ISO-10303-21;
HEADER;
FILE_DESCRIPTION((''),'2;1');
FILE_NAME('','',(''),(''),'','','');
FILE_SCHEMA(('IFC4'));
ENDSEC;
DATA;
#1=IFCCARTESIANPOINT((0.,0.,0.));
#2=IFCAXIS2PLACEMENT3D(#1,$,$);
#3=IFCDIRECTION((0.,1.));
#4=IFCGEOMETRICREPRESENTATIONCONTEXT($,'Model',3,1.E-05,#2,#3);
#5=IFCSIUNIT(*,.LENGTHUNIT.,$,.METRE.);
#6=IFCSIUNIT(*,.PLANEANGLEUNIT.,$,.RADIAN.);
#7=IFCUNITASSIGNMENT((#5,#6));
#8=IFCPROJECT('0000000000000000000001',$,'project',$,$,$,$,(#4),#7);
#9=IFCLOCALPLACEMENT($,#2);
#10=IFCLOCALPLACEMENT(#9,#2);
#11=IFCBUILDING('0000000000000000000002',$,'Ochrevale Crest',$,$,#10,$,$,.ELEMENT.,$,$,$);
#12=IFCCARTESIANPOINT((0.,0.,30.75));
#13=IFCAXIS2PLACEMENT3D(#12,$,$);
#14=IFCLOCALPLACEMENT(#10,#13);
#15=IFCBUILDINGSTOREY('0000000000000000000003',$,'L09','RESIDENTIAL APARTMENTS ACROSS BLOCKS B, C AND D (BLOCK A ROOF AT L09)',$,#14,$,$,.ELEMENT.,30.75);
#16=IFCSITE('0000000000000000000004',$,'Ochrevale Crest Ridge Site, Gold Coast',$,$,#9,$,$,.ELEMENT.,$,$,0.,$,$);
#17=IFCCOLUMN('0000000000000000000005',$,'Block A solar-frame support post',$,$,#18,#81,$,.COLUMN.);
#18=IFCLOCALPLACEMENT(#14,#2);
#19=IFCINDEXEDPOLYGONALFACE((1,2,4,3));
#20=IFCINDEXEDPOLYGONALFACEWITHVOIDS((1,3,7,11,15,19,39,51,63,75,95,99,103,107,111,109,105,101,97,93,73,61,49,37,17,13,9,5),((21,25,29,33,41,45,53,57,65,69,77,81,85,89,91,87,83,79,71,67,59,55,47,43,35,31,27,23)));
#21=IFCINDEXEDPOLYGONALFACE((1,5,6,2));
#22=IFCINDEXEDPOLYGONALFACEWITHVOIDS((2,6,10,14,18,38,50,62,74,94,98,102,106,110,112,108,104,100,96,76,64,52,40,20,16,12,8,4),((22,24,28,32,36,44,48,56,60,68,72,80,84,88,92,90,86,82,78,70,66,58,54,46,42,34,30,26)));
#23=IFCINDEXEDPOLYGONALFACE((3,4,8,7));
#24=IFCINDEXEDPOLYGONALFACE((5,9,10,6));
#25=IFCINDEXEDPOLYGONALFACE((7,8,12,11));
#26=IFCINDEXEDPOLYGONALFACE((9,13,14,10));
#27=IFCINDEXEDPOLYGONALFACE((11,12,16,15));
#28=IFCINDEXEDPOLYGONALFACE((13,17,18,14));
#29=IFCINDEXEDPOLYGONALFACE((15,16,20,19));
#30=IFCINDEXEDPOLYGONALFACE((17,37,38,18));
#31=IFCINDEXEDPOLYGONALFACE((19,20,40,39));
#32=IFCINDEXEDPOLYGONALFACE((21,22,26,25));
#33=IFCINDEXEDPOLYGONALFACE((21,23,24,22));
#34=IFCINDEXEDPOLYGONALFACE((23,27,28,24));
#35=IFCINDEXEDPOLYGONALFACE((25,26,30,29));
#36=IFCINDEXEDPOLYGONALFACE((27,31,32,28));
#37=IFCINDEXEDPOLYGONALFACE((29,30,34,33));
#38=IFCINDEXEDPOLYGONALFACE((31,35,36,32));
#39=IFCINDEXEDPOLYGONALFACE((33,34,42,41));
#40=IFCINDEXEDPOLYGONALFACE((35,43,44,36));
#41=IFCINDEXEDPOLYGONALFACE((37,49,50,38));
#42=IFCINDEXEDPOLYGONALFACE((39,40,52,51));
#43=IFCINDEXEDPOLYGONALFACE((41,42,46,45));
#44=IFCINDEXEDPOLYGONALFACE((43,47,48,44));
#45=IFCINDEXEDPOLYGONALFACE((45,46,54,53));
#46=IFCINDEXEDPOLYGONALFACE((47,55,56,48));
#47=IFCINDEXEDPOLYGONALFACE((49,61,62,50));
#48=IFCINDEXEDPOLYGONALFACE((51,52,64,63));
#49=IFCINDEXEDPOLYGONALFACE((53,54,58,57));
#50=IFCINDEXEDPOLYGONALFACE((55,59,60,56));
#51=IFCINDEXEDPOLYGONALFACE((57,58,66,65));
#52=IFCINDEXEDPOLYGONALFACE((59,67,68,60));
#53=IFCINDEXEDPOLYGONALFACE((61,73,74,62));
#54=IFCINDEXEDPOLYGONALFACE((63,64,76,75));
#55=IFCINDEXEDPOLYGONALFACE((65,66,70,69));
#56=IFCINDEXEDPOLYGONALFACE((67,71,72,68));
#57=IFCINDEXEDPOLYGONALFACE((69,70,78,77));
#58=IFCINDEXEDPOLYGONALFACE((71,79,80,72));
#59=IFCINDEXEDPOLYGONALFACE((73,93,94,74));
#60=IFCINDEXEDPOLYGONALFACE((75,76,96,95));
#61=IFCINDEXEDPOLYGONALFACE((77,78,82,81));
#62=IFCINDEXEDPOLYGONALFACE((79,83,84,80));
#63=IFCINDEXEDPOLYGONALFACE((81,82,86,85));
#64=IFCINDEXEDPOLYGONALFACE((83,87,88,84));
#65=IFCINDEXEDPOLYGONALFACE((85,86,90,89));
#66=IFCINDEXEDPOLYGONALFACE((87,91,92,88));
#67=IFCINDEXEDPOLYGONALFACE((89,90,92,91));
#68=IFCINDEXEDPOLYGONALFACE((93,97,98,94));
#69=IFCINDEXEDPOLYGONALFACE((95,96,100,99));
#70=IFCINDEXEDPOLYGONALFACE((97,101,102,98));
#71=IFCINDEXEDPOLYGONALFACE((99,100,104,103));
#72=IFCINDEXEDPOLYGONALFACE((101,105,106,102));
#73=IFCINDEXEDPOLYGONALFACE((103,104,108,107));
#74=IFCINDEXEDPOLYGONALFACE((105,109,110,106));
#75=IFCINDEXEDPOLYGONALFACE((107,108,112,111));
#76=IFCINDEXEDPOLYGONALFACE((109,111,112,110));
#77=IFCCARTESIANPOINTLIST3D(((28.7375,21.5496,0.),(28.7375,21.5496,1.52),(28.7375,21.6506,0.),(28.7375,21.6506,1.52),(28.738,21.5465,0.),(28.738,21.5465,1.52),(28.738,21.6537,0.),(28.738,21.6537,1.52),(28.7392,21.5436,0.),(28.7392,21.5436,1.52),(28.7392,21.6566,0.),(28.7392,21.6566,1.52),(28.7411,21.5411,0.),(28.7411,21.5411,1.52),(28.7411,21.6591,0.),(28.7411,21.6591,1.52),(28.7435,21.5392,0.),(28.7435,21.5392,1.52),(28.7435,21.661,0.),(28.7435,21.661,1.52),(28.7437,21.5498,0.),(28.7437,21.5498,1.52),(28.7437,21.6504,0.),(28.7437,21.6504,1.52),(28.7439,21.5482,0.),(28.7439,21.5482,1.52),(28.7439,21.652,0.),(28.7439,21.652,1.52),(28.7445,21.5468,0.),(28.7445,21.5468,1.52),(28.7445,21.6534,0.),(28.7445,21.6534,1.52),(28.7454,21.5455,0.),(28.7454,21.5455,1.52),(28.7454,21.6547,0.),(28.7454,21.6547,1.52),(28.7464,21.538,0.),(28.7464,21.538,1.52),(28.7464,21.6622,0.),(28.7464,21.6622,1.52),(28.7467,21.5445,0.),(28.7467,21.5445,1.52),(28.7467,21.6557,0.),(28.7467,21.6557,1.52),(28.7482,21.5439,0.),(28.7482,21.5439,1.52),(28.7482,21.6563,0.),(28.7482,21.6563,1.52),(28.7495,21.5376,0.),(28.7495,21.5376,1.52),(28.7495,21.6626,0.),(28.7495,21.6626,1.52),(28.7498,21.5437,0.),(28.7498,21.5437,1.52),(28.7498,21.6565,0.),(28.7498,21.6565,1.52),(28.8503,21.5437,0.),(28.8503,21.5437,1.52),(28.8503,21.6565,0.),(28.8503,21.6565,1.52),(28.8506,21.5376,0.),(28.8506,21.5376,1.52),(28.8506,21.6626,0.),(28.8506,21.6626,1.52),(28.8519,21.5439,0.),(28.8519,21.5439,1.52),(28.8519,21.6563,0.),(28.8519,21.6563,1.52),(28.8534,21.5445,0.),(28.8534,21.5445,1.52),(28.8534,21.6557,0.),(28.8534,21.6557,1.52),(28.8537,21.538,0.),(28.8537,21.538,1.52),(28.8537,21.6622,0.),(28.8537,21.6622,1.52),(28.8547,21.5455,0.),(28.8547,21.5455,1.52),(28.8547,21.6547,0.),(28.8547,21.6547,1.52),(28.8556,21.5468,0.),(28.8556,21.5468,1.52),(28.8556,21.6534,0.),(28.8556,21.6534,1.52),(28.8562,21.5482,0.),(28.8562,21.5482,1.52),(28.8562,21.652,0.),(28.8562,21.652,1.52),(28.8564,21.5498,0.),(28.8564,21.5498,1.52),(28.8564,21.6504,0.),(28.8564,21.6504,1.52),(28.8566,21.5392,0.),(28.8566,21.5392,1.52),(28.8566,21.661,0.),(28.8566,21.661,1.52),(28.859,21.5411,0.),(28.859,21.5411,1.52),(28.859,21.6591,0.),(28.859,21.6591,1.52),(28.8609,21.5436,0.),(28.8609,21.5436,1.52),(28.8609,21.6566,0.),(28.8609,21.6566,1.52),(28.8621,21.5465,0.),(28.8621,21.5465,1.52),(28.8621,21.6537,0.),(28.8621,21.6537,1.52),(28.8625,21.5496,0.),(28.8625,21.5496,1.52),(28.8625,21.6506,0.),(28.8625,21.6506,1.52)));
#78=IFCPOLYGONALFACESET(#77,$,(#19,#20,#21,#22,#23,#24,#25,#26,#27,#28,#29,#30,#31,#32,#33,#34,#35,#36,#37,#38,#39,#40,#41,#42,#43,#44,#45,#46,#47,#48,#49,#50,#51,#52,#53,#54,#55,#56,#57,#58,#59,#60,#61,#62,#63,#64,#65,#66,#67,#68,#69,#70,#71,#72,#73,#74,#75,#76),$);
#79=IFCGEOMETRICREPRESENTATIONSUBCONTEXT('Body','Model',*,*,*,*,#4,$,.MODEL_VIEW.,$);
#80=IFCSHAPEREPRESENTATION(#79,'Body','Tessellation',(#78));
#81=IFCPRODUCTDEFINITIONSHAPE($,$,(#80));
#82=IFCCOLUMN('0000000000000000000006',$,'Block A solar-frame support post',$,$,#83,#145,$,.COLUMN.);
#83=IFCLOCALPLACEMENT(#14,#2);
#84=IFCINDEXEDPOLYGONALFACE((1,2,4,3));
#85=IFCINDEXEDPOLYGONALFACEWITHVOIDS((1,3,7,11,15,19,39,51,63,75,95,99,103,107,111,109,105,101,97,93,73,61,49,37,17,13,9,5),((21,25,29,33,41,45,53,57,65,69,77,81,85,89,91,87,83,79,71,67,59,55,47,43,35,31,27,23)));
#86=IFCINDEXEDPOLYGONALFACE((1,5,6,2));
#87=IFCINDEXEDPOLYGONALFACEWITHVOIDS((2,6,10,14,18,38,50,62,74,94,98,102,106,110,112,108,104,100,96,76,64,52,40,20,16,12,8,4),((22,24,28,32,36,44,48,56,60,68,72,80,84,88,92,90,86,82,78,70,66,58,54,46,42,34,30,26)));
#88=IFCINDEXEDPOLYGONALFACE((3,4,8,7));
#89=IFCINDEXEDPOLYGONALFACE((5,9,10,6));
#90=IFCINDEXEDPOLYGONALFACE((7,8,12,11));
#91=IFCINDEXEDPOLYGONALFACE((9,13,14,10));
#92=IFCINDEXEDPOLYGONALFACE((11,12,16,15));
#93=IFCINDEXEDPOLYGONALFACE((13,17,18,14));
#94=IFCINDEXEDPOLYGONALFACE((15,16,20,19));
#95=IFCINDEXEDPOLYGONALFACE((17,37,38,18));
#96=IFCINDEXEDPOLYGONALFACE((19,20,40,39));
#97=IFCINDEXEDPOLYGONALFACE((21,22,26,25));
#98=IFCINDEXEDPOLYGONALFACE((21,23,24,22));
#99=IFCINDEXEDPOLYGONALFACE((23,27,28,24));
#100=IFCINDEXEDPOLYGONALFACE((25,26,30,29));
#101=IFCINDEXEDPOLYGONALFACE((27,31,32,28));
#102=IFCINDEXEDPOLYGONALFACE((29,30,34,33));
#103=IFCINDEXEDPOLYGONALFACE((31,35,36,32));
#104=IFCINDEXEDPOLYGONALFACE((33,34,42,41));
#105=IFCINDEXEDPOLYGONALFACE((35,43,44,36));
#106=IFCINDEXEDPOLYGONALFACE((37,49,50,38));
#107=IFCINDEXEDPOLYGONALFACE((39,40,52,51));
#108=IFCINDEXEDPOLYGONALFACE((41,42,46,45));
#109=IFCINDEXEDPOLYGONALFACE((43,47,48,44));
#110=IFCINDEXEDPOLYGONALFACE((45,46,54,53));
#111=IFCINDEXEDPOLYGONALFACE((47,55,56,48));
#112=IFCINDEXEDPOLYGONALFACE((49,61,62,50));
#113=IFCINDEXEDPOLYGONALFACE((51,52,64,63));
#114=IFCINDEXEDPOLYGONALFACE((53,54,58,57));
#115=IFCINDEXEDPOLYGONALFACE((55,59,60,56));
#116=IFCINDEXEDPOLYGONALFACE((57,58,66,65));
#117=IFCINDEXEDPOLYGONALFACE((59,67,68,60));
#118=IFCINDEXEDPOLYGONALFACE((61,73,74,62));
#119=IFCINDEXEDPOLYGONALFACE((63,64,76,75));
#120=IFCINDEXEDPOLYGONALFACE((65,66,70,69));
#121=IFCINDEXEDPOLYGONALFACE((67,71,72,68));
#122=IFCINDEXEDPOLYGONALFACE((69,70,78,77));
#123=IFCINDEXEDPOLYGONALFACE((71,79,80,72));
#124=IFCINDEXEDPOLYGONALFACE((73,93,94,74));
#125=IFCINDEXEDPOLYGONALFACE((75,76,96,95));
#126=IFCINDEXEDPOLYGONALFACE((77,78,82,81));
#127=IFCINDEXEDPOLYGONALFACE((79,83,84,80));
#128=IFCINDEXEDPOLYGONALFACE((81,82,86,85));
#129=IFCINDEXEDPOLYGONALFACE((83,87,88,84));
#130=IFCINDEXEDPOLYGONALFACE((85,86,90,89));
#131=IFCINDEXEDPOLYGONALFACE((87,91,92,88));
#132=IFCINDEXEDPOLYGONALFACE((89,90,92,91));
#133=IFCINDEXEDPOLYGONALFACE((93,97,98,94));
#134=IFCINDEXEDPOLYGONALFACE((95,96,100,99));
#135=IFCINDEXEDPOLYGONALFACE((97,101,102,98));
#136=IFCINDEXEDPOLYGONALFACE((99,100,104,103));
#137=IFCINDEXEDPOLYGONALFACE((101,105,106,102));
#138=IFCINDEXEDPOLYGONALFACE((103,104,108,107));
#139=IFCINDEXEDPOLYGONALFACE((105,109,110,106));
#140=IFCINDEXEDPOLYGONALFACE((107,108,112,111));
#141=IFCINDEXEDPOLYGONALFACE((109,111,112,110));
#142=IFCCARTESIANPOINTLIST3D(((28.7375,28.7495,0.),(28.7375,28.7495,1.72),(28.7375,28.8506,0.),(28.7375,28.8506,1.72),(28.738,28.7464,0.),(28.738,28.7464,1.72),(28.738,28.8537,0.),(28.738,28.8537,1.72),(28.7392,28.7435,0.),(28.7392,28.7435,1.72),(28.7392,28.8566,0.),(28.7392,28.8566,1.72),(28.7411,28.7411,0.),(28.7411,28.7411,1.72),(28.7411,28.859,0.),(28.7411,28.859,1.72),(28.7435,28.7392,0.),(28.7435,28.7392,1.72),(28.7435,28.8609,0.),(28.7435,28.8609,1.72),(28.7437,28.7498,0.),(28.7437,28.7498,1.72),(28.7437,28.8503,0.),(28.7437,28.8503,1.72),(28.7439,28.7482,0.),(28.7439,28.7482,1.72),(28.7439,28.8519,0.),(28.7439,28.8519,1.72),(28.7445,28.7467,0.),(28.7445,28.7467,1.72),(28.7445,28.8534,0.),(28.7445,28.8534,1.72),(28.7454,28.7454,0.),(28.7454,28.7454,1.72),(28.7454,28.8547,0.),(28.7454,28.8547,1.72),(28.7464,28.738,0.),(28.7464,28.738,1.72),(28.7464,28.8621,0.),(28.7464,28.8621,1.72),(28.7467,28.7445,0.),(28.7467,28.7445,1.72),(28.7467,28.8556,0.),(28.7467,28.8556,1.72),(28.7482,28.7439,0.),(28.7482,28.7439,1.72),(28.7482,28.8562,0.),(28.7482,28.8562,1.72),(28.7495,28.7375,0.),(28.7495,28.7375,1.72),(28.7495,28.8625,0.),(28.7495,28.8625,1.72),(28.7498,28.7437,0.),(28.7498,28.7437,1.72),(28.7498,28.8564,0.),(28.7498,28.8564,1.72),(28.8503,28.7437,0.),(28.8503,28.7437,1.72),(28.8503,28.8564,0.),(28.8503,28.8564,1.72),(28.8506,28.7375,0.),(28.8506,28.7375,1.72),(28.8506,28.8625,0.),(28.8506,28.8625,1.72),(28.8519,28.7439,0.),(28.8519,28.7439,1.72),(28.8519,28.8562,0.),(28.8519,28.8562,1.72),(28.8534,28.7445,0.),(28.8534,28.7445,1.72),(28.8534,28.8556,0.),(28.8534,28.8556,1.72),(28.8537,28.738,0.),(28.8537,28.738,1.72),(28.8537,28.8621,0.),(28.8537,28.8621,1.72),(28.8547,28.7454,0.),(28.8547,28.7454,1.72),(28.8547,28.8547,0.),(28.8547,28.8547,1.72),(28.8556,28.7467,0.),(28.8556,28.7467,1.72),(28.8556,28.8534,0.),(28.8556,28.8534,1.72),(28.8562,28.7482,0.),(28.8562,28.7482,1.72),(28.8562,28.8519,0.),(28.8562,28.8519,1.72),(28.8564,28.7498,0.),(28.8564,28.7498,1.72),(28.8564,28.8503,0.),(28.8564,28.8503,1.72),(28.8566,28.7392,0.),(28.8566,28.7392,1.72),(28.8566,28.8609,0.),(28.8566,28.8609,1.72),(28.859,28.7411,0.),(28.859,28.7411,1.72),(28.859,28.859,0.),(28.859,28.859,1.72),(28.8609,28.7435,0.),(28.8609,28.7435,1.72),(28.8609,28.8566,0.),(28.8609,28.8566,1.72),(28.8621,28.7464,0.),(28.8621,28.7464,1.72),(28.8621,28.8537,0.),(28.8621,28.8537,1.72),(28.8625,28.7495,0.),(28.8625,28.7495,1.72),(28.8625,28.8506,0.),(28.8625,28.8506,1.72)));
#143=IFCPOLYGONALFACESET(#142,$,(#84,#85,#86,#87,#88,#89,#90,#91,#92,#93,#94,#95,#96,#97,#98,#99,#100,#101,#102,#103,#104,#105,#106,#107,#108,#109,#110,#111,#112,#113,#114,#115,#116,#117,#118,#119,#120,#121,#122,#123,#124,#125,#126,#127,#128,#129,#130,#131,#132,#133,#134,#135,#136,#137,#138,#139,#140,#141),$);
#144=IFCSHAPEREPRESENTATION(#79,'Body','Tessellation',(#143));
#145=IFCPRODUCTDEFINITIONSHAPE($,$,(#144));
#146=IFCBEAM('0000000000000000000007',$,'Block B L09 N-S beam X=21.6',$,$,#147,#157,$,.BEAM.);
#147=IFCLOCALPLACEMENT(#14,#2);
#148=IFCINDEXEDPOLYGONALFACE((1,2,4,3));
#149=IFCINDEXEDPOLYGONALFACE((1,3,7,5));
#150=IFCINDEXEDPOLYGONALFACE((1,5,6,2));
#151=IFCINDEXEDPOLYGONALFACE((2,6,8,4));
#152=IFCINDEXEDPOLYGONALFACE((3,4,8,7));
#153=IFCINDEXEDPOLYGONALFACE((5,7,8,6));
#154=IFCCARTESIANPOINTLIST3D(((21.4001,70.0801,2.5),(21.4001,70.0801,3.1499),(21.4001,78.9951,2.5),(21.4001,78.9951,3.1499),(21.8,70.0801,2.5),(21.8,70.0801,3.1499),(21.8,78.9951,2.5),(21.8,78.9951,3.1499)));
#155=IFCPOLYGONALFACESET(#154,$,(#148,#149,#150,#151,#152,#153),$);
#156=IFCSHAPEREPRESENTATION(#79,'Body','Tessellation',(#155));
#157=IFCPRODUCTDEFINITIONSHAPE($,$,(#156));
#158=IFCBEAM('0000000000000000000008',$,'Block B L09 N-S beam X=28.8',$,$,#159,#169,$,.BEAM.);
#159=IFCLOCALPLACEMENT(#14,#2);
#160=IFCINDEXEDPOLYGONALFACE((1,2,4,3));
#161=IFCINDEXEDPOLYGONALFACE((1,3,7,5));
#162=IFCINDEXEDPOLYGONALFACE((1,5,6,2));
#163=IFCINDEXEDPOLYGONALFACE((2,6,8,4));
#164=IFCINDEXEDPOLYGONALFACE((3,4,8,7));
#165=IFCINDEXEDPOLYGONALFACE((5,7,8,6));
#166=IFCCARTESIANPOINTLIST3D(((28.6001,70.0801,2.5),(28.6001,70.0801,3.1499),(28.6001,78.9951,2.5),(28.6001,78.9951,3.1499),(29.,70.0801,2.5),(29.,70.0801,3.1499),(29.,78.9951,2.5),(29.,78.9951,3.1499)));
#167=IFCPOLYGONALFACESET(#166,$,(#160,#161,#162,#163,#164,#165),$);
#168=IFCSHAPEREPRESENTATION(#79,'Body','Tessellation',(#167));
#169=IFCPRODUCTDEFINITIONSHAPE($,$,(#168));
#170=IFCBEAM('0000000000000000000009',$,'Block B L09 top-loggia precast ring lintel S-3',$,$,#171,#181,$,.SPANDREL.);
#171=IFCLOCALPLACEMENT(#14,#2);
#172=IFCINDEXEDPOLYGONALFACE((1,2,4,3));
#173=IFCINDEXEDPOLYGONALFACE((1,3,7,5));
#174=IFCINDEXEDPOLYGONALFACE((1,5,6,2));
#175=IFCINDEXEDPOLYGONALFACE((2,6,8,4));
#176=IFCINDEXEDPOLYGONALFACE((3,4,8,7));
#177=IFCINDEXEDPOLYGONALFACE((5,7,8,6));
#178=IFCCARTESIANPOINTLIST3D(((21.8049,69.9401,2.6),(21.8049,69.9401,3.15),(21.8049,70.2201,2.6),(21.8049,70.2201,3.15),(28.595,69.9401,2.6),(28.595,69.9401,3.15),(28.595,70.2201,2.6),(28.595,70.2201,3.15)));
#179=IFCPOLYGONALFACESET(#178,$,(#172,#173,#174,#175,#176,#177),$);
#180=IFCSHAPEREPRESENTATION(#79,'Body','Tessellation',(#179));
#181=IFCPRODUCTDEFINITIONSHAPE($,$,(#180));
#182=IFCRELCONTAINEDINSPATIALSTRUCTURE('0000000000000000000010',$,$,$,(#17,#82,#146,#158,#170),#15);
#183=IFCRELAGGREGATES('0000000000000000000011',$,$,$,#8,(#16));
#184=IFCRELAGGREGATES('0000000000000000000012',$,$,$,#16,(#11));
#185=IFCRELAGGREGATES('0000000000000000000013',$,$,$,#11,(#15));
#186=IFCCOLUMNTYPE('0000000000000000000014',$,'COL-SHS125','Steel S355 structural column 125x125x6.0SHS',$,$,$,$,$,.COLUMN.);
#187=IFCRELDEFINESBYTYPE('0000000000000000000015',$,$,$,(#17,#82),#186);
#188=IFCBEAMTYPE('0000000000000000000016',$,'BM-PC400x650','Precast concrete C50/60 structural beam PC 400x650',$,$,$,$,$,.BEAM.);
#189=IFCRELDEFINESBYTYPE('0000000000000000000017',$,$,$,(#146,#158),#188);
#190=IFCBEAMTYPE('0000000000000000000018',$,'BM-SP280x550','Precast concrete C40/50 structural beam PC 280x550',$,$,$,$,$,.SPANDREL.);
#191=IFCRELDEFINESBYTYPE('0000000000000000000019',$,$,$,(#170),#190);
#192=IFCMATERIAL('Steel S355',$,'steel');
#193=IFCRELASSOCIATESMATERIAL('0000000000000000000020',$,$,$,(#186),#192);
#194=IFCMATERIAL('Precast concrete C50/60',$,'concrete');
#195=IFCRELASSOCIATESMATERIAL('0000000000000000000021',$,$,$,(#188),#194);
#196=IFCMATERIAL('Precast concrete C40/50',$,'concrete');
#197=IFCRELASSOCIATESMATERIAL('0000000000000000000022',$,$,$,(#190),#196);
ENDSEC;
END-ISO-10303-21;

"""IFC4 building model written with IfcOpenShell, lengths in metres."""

from ifc_helpers import new_model, si_unit, direction, frame, origin, origin_2d, place, context, subcontext, project, spatial, rectangle, hollow_rectangle, extrude, material, material_profile, profile_set, type_object, element, save


model = new_model("IFC4")

# Units and contexts
model_context = context("Model", 3, precision=1e-05, world=origin(), true_north=direction((0.0, 1.0)))
body_context = subcontext(model_context, "Body", "Model", "MODEL_VIEW")
ifc_project = project(units=[si_unit("LENGTHUNIT", "METRE"), si_unit("PLANEANGLEUNIT", "RADIAN")], contexts=[model_context])

# Site, building, storey
site_placement = place(None, origin())
site = spatial("IfcSite", under=ifc_project, at=site_placement, Name="Ochrevale Crest Ridge Site, Gold Coast", CompositionType="ELEMENT", RefElevation=0.0)
building_placement = place(site_placement, origin())
building = spatial("IfcBuilding", under=site, at=building_placement, Name="Ochrevale Crest", CompositionType="ELEMENT")
storey_placement = place(building_placement, frame((0.0, 0.0, 30.75)))
storey = spatial("IfcBuildingStorey", under=building, at=storey_placement, Name="L09", Description="RESIDENTIAL APARTMENTS ACROSS BLOCKS B, C AND D (BLOCK A ROOF AT L09)", CompositionType="ELEMENT", Elevation=30.75)

# Columns
ifc_material_1 = material(Name="Steel S355", Category="steel")
ifc_material_profile_1 = material_profile(ifc_material_1, hollow_rectangle(XDim=0.125, YDim=0.125, WallThickness=0.0061, InnerFilletRadius=0.0061, OuterFilletRadius=0.012, at=origin_2d()), Name="125x125x6.0SHS")
ifc_profile_set_1 = profile_set([ifc_material_profile_1], Name="Steel S355")
column_type = type_object("IfcColumnType", Name="COL-SHS125", Description="Steel S355 structural column 125x125x6.0SHS", PredefinedType="COLUMN", material=ifc_profile_set_1)
column_1_placement = place(storey_placement, frame((28.8, 21.6001, 0.0), z_axis=(0.0, 0.0, 1.0), x_axis=(1.0, 0.0, 0.0)))
element("IfcColumn", 1, at=column_1_placement, inside=storey, type_object=column_type, Name="Block A solar-frame support post", PredefinedType="COLUMN", context=body_context, shape_type="SweptSolid", body=[
    extrude(hollow_rectangle(XDim=0.125, YDim=0.125, WallThickness=0.0061, InnerFilletRadius=0.0061, OuterFilletRadius=0.012, at=origin_2d()), origin(), (0.0, 0.0, 1.0), 1.52),
])
column_2_placement = place(storey_placement, frame((28.8, 28.8, 0.0), z_axis=(0.0, 0.0, 1.0), x_axis=(1.0, 0.0, 0.0)))
element("IfcColumn", 2, at=column_2_placement, inside=storey, type_object=column_type, Name="Block A solar-frame support post", PredefinedType="COLUMN", context=body_context, shape_type="SweptSolid", body=[
    extrude(hollow_rectangle(XDim=0.125, YDim=0.125, WallThickness=0.0061, InnerFilletRadius=0.0061, OuterFilletRadius=0.012, at=origin_2d()), origin(), (0.0, 0.0, 1.0), 1.72),
])

# Beams
ifc_material_2 = material(Name="Precast concrete C50/60", Category="concrete")
ifc_material_profile_2 = material_profile(ifc_material_2, rectangle(XDim=0.3999, YDim=0.6499, at=origin_2d()), Name="PC 400x650")
ifc_profile_set_2 = profile_set([ifc_material_profile_2], Name="Precast concrete C50/60")
beam_type_1 = type_object("IfcBeamType", Name="BM-PC400x650", Description="Precast concrete C50/60 structural beam PC 400x650", PredefinedType="BEAM", material=ifc_profile_set_2)
for number, where, z_axis, x_axis, name in (
    (3, (21.6001, 70.0801, 2.825), (0.0, 1.0, 0.0), (-1.0, 0.0, 0.0), "Block B L09 N-S beam X=21.6"),
    (4, (28.8, 70.0801, 2.825), (0.0, 1.0, 0.0), (-1.0, 0.0, 0.0), "Block B L09 N-S beam X=28.8"),
):
    element("IfcBeam", number, at=place(storey_placement, frame(where, z_axis=z_axis, x_axis=x_axis)), inside=storey, type_object=beam_type_1, Name=name, PredefinedType="BEAM", context=body_context, shape_type="SweptSolid", body=[
        extrude(rectangle(XDim=0.3999, YDim=0.6499, at=origin_2d()), origin(), (0.0, 0.0, 1.0), 8.915),
    ])
ifc_material_3 = material(Name="Precast concrete C40/50", Category="concrete")
ifc_material_profile_3 = material_profile(ifc_material_3, rectangle(XDim=0.28, YDim=0.55, at=origin_2d()), Name="PC 280x550")
ifc_profile_set_3 = profile_set([ifc_material_profile_3], Name="Precast concrete C40/50")
beam_type_2 = type_object("IfcBeamType", Name="BM-SP280x550", Description="Precast concrete C40/50 structural beam PC 280x550", PredefinedType="SPANDREL", material=ifc_profile_set_3)
beam_placement = place(storey_placement, frame((21.8049, 70.0801, 2.875), z_axis=(1.0, 0.0, 0.0), x_axis=(0.0, 1.0, 0.0)))
element("IfcBeam", 5, at=beam_placement, inside=storey, type_object=beam_type_2, Name="Block B L09 top-loggia precast ring lintel S-3", PredefinedType="SPANDREL", context=body_context, shape_type="SweptSolid", body=[
    extrude(rectangle(XDim=0.28, YDim=0.55, at=origin_2d()), origin(), (0.0, 0.0, 1.0), 6.79),
])

save(model, "model.ifc")
